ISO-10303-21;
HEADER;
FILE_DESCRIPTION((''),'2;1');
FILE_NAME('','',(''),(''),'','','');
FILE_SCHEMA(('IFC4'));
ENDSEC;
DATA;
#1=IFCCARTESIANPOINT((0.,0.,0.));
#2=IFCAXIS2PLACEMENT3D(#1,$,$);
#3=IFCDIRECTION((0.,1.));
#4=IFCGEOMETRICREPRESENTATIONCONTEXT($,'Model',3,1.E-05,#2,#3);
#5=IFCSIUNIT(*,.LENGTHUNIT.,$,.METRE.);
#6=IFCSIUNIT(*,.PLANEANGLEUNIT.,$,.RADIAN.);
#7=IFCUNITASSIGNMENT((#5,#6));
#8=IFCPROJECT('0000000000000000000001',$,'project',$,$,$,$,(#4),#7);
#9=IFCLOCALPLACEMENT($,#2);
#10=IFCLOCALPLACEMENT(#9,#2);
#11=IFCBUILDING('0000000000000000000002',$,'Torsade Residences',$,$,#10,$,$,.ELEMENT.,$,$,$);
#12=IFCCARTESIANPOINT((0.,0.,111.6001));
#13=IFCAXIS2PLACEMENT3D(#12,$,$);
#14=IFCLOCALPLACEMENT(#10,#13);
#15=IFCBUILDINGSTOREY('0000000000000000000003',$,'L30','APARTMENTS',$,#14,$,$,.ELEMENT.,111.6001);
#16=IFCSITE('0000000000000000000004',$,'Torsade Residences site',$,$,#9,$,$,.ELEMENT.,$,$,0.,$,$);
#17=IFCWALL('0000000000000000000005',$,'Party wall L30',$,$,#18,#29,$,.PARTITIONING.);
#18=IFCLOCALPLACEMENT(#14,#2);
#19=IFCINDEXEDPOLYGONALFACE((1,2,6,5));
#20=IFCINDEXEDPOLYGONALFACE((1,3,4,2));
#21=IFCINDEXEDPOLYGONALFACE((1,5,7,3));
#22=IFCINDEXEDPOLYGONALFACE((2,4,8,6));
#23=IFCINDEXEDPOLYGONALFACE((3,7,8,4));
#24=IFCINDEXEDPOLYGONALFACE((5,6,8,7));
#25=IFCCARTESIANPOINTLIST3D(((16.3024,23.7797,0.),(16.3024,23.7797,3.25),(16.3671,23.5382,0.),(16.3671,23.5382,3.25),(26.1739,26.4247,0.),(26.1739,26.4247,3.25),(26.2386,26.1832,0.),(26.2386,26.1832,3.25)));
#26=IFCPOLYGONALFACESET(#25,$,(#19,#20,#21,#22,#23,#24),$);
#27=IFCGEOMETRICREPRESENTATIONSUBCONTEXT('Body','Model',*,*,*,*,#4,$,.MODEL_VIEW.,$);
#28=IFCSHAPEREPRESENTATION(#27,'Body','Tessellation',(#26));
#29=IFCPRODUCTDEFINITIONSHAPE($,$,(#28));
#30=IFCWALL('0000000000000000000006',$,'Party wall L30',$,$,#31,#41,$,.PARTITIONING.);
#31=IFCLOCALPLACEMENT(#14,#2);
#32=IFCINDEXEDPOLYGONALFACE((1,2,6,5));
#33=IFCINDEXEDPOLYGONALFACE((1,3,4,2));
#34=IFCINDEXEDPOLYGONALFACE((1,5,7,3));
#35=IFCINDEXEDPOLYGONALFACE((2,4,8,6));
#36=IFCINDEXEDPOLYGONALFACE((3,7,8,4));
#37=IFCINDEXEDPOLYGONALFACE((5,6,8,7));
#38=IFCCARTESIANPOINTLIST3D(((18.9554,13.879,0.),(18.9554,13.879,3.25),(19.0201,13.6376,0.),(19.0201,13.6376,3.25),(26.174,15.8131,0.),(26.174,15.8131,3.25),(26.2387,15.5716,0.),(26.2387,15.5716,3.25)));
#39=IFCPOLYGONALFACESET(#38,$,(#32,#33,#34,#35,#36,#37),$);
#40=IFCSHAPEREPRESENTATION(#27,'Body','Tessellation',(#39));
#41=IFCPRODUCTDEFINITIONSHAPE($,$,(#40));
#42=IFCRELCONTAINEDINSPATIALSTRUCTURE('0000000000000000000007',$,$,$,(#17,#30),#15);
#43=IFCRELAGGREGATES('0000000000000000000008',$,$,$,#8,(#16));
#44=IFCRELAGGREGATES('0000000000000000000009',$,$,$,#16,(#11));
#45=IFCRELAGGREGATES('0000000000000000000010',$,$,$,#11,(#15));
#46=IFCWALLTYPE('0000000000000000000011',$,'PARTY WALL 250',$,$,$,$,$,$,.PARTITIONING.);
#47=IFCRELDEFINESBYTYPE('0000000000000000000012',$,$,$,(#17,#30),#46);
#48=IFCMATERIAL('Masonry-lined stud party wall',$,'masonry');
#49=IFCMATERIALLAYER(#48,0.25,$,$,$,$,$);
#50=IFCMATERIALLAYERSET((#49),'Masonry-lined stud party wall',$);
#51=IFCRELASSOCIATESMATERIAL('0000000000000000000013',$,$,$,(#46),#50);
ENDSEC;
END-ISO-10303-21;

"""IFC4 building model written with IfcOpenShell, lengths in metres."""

from ifc_helpers import new_model, si_unit, direction, frame, frame_2d, origin, place, context, subcontext, project, spatial, rectangle, extrude, material, layer, layer_set, type_object, element, save


model = new_model("IFC4")

# Units and contexts
model_context = context("Model", 3, precision=1e-05, world=origin(), true_north=direction((0.0, 1.0)))
body_context = subcontext(model_context, "Body", "Model", "MODEL_VIEW")
ifc_project = project(units=[si_unit("LENGTHUNIT", "METRE"), si_unit("PLANEANGLEUNIT", "RADIAN")], contexts=[model_context])

# Site, building, storey
site_placement = place(None, origin())
site = spatial("IfcSite", under=ifc_project, at=site_placement, Name="Torsade Residences site", CompositionType="ELEMENT", RefElevation=0.0)
building_placement = place(site_placement, origin())
building = spatial("IfcBuilding", under=site, at=building_placement, Name="Torsade Residences", CompositionType="ELEMENT")
storey_placement = place(building_placement, frame((0.0, 0.0, 111.6001)))
storey = spatial("IfcBuildingStorey", under=building, at=storey_placement, Name="L30", Description="APARTMENTS", CompositionType="ELEMENT", Elevation=111.6001)

# Walls
ifc_material_1 = material(Name="Masonry-lined stud party wall", Category="masonry")
ifc_layer_1 = layer(ifc_material_1, 0.25)
ifc_layer_set_1 = layer_set([ifc_layer_1], Name="Masonry-lined stud party wall")
wall_type_1 = type_object("IfcWallType", Name="PARTY WALL 250", PredefinedType="PARTITIONING", material=ifc_layer_set_1)
wall_1_placement = place(storey_placement, frame((16.3347, 23.6589, 0.0), z_axis=(0.0, 0.0, 1.0), x_axis=(0.965927, 0.258813, 0.0)))
element("IfcWall", 1, at=wall_1_placement, inside=storey, type_object=wall_type_1, Name="Party wall L30", PredefinedType="PARTITIONING", context=body_context, shape_type="SweptSolid", body=[
    extrude(rectangle(XDim=10.2197, YDim=0.25, at=frame_2d((5.1099, 0.0))), origin(), (0.0, 0.0, 1.0), 3.25),
])
wall_2_placement = place(storey_placement, frame((18.9878, 13.7583, 0.0), z_axis=(0.0, 0.0, 1.0), x_axis=(0.96593, 0.258805, 0.0)))
element("IfcWall", 2, at=wall_2_placement, inside=storey, type_object=wall_type_1, Name="Party wall L30", PredefinedType="PARTITIONING", context=body_context, shape_type="SweptSolid", body=[
    extrude(rectangle(XDim=7.4731, YDim=0.25, at=frame_2d((3.7366, 0.0))), origin(), (0.0, 0.0, 1.0), 3.25),
])

save(model, "model.ifc")
